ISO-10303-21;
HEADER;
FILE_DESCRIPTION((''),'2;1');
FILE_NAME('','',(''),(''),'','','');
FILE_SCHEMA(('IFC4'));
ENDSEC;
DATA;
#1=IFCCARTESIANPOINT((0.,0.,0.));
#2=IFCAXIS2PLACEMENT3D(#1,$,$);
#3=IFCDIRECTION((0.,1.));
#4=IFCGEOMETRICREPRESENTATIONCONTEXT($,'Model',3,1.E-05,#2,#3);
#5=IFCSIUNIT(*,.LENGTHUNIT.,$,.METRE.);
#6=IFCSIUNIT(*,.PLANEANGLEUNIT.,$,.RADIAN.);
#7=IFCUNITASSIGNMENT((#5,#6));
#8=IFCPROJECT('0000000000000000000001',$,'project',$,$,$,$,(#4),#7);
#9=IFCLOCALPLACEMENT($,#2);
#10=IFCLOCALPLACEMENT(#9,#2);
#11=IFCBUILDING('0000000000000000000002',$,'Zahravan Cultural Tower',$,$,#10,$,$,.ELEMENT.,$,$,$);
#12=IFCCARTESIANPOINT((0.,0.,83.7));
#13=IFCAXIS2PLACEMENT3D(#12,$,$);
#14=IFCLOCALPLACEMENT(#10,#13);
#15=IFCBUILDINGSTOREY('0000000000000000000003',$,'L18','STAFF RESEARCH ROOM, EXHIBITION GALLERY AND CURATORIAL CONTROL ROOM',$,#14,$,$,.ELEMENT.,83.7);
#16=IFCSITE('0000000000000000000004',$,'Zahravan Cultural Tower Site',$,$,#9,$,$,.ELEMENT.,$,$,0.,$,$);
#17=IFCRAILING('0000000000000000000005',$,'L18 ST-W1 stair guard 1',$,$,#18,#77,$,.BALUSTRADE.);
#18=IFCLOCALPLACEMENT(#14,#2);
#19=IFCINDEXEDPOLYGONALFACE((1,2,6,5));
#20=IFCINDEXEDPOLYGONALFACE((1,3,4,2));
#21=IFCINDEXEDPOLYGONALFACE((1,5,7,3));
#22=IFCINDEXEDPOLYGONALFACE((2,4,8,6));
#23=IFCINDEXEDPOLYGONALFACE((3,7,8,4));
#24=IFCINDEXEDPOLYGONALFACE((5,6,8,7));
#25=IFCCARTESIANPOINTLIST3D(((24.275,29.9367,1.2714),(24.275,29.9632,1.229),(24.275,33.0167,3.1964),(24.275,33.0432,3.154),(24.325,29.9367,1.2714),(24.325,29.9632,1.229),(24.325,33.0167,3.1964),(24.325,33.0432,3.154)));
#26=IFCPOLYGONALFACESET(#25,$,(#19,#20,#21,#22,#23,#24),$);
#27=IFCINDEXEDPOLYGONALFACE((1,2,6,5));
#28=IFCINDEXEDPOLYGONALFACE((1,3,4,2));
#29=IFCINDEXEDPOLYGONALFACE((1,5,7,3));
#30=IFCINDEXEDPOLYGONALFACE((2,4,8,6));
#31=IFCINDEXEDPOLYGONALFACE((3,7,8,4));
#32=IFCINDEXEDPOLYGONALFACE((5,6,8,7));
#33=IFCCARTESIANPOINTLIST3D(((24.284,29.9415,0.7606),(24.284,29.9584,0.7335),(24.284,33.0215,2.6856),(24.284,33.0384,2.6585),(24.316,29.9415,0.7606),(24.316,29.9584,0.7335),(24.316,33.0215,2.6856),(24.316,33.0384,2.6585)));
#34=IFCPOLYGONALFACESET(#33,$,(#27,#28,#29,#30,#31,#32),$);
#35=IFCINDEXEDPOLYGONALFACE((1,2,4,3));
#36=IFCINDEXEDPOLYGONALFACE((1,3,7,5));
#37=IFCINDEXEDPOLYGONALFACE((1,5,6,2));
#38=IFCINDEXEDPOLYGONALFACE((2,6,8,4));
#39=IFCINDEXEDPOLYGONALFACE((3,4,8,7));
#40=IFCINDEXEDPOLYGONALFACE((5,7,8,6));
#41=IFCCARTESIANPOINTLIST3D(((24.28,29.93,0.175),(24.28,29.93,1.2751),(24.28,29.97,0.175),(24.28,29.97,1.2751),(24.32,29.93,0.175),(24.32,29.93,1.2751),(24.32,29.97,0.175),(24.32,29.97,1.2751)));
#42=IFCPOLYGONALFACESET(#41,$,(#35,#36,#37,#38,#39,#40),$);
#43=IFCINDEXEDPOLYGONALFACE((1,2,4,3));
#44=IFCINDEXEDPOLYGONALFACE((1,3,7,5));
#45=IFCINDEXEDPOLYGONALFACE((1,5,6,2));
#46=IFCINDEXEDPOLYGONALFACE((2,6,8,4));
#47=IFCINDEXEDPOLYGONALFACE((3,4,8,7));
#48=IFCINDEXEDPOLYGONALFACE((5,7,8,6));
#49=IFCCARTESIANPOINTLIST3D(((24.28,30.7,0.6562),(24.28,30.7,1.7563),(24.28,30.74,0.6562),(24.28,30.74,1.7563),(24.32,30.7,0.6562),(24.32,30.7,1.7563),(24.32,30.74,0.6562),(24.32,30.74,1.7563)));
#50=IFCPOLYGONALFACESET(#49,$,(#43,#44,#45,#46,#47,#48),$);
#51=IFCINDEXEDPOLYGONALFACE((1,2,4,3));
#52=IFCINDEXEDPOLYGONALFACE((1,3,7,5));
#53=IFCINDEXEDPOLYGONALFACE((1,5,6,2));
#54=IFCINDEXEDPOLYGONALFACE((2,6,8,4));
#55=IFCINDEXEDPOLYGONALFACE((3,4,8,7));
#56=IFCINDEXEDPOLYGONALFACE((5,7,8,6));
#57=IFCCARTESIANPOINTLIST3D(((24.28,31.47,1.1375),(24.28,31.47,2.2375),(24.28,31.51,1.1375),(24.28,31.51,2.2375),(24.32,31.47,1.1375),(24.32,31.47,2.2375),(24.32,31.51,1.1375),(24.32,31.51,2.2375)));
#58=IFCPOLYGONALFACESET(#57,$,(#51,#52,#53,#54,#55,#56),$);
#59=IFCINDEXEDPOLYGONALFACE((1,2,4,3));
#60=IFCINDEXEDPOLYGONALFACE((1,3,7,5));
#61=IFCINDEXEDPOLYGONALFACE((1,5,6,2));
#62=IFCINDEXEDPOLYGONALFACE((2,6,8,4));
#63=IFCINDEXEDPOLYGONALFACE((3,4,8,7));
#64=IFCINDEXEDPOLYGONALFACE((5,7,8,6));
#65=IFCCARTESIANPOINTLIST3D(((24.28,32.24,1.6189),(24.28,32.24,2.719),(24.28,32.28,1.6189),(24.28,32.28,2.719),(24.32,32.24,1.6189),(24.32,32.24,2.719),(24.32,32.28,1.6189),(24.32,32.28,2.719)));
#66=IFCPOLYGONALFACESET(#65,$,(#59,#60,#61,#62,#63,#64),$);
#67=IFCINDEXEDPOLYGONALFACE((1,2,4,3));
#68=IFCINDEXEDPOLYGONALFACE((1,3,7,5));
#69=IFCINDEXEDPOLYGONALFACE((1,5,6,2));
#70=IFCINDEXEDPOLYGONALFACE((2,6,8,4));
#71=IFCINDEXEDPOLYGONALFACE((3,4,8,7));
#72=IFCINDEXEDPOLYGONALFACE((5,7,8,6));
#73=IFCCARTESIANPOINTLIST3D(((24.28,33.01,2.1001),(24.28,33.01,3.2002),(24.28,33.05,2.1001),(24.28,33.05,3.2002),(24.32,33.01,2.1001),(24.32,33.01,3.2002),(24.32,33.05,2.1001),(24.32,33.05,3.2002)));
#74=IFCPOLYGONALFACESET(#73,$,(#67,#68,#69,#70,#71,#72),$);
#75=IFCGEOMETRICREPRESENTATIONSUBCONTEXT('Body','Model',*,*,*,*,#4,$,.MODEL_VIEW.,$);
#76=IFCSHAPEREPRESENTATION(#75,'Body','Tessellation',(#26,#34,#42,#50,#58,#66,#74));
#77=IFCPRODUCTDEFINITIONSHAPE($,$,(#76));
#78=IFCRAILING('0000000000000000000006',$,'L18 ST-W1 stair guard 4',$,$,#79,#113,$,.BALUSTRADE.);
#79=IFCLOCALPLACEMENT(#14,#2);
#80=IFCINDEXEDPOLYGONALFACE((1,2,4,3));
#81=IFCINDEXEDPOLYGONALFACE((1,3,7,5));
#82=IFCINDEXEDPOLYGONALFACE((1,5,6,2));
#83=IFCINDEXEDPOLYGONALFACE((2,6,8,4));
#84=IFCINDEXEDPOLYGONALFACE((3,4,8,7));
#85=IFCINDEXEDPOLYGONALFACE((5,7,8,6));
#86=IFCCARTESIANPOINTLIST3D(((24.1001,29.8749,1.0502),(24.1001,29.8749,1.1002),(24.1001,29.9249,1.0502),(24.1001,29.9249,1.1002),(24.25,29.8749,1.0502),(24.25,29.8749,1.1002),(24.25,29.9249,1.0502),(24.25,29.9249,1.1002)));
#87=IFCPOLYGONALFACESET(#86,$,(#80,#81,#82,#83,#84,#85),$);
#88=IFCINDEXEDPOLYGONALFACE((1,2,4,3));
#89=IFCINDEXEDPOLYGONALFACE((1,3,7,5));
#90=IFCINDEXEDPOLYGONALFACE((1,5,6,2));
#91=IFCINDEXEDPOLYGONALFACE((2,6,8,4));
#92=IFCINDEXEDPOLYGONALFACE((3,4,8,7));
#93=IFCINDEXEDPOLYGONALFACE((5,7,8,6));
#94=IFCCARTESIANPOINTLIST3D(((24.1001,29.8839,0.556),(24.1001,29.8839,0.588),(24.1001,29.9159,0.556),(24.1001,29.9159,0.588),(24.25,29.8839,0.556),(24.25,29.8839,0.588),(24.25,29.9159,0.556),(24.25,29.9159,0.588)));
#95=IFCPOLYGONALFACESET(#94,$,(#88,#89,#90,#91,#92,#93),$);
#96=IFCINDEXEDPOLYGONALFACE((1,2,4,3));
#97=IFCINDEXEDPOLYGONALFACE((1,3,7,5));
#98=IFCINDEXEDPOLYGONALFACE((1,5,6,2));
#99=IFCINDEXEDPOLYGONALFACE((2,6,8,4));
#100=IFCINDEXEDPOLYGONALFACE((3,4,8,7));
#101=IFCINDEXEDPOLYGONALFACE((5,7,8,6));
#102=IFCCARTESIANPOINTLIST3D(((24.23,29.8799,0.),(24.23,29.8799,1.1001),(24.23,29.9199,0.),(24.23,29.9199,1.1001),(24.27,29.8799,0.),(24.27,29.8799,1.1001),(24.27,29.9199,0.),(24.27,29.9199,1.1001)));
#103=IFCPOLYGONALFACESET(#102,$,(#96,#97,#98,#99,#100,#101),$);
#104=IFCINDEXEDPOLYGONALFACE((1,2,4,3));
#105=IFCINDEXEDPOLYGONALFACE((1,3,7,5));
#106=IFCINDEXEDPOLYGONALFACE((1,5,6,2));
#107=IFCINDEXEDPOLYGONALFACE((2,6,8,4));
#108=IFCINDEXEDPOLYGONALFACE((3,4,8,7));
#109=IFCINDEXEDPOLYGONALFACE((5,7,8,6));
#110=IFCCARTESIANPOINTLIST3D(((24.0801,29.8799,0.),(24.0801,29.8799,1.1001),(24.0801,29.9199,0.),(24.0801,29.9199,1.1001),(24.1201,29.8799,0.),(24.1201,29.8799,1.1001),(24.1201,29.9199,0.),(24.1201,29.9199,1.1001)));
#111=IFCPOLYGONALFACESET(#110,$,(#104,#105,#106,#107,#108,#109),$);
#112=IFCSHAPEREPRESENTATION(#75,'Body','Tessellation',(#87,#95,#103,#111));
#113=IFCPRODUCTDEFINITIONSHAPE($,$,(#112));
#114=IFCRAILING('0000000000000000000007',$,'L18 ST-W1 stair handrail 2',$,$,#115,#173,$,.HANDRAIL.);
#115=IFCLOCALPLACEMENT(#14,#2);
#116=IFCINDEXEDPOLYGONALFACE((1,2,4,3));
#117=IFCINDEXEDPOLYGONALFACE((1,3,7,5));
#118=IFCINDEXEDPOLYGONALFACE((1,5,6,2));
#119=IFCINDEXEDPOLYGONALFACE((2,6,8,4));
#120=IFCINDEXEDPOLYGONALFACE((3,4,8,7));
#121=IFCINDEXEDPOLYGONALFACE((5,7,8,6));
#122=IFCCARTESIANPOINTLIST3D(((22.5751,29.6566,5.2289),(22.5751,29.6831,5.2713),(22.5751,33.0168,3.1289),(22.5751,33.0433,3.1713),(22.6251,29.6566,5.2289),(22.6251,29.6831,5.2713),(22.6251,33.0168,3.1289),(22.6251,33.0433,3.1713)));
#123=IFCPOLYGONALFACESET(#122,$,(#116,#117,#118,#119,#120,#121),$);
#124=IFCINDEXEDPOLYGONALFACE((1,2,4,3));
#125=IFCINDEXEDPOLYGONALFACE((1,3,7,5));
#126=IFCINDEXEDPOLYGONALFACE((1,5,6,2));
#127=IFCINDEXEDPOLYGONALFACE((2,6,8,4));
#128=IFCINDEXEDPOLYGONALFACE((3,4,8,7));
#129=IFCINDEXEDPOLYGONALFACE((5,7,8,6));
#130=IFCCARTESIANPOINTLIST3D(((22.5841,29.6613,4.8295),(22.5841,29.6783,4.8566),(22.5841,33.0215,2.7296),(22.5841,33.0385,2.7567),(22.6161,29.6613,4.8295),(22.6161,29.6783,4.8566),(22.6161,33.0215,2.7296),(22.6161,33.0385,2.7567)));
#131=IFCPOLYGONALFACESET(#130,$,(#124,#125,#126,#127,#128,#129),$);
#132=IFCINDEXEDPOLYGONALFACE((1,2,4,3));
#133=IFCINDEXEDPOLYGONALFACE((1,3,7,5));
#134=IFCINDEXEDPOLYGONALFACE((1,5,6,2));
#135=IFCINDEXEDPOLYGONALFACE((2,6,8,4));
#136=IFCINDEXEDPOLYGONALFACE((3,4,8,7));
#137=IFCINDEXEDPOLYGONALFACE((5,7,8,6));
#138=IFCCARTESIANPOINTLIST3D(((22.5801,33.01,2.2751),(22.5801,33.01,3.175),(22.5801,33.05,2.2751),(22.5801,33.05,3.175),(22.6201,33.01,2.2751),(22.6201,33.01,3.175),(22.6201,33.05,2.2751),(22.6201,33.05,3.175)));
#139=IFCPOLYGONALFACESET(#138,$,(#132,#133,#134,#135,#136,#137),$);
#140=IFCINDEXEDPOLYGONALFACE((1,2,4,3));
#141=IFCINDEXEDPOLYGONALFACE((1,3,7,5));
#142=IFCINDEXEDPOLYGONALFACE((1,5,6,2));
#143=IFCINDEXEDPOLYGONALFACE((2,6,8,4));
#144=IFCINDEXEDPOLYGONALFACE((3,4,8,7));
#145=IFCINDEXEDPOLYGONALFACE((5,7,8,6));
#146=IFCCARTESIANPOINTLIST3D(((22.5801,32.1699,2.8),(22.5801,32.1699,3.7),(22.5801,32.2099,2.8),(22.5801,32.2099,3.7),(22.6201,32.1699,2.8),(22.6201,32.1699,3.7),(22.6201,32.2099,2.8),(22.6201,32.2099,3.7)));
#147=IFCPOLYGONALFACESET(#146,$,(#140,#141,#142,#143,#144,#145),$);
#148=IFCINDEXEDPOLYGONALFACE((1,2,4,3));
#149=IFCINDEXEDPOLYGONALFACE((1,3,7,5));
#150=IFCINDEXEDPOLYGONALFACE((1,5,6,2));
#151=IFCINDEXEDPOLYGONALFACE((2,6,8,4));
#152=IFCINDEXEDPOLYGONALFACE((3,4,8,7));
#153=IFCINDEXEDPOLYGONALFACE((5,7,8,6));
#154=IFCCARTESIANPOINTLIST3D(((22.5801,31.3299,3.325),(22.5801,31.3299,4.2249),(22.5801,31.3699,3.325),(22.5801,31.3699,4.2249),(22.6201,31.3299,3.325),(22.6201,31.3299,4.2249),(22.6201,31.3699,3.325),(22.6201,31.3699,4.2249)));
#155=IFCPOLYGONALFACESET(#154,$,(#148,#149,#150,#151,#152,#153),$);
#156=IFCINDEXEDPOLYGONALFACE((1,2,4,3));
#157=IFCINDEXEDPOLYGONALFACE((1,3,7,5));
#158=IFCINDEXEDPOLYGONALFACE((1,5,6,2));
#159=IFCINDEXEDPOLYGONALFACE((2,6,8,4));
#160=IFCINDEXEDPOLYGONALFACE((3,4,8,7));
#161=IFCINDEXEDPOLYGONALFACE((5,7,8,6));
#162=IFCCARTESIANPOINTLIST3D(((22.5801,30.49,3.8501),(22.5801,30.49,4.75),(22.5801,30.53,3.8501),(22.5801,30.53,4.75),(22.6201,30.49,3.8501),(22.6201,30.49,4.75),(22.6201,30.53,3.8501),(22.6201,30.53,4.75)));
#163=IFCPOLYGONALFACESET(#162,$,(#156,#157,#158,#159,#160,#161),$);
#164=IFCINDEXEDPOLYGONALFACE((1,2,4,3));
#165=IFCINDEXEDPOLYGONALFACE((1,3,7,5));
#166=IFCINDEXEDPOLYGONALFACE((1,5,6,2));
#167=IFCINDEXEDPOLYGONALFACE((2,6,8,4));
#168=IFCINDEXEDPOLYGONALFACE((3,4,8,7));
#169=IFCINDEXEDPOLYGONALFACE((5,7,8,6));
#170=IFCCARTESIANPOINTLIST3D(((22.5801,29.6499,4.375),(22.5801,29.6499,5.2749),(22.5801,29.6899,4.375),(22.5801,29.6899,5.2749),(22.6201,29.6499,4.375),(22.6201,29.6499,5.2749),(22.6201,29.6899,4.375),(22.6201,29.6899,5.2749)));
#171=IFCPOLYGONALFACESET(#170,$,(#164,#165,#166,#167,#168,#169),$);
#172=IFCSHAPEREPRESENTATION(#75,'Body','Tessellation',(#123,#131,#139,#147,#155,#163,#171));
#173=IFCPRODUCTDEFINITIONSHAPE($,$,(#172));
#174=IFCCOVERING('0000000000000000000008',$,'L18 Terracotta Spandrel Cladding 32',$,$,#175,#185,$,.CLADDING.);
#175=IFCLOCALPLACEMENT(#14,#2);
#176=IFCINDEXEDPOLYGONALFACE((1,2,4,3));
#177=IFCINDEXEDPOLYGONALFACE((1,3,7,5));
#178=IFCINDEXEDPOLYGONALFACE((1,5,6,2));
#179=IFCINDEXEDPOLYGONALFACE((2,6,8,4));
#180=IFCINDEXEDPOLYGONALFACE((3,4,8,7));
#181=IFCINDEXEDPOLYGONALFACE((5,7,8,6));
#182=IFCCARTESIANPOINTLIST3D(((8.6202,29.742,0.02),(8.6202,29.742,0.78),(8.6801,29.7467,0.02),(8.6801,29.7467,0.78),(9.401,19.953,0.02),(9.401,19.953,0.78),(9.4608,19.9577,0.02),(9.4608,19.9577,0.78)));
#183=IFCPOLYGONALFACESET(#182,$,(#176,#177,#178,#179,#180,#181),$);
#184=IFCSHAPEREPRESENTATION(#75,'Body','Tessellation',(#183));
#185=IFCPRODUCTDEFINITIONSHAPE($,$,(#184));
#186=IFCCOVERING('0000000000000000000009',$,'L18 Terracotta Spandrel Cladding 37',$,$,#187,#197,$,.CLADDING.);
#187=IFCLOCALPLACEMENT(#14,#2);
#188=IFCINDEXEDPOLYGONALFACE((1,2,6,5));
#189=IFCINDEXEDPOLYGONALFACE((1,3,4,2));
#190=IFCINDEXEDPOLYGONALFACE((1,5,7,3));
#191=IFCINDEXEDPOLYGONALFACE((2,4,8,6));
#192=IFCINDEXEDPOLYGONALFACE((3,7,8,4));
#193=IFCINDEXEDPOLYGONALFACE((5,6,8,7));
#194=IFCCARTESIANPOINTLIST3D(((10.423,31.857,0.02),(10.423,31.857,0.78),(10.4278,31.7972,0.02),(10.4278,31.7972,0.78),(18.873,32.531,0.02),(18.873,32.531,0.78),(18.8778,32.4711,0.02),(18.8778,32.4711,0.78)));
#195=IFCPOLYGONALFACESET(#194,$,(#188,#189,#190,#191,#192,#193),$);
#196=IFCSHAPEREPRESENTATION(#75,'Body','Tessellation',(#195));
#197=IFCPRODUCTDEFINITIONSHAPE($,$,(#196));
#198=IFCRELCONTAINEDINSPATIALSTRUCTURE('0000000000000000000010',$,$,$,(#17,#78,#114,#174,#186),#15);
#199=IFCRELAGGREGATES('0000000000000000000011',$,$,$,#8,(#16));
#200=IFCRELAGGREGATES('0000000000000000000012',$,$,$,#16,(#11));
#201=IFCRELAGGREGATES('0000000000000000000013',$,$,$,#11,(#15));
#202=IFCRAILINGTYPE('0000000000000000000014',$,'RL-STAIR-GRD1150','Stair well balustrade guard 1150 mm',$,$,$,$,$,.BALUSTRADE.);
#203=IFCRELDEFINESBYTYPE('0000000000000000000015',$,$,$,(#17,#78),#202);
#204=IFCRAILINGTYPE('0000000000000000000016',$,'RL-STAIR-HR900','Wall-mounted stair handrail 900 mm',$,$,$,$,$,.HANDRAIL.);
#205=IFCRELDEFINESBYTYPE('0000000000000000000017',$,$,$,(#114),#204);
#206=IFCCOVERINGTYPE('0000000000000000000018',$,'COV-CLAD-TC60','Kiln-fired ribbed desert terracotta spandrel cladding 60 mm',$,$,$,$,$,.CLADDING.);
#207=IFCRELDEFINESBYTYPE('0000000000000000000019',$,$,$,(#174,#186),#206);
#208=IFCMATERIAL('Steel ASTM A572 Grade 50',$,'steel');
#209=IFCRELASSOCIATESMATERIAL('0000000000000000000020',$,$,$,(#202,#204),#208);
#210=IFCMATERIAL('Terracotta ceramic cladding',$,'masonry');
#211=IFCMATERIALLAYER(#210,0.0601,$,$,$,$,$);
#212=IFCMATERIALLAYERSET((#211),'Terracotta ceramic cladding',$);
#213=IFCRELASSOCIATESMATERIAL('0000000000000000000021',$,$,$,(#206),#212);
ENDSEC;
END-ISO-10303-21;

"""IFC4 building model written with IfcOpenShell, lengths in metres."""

from ifc_helpers import new_model, si_unit, direction, frame, origin, origin_2d, place, context, subcontext, project, spatial, rectangle, extrude, source, transform, mapped, material, layer, layer_set, type_object, element, save


model = new_model("IFC4")

# Units and contexts
model_context = context("Model", 3, precision=1e-05, world=origin(), true_north=direction((0.0, 1.0)))
body_context = subcontext(model_context, "Body", "Model", "MODEL_VIEW")
ifc_project = project(units=[si_unit("LENGTHUNIT", "METRE"), si_unit("PLANEANGLEUNIT", "RADIAN")], contexts=[model_context])

# Site, building, storey
site_placement = place(None, origin())
site = spatial("IfcSite", under=ifc_project, at=site_placement, Name="Zahravan Cultural Tower Site", CompositionType="ELEMENT", RefElevation=0.0)
building_placement = place(site_placement, origin())
building = spatial("IfcBuilding", under=site, at=building_placement, Name="Zahravan Cultural Tower", CompositionType="ELEMENT")
storey_placement = place(building_placement, frame((0.0, 0.0, 83.7)))
storey = spatial("IfcBuildingStorey", under=building, at=storey_placement, Name="L18", Description="STAFF RESEARCH ROOM, EXHIBITION GALLERY AND CURATORIAL CONTROL ROOM", CompositionType="ELEMENT", Elevation=83.7)

# Railings
ifc_material_1 = material(Name="Steel ASTM A572 Grade 50", Category="steel")
railing_type_1 = type_object("IfcRailingType", Name="RL-STAIR-GRD1150", Description="Stair well balustrade guard 1150 mm", PredefinedType="BALUSTRADE", material=ifc_material_1)
railing_1_placement = place(storey_placement, frame((24.3, 29.95, 0.175)))
element("IfcRailing", 1, at=railing_1_placement, inside=storey, type_object=railing_type_1, Name="L18 ST-W1 stair guard 1", PredefinedType="BALUSTRADE", context=body_context, shape_type="SweptSolid", body=[
    extrude(rectangle(XDim=0.05, YDim=0.05, at=origin_2d()), frame((0.0, 0.0, 1.0752), z_axis=(0.0, 0.847998, 0.529999), x_axis=(-1.0, 0.0, 0.0)), (0.0, 0.0, 1.0), 3.6321),
    extrude(rectangle(XDim=0.032, YDim=0.032, at=origin_2d()), frame((0.0, 0.0, 0.572), z_axis=(0.0, 0.847998, 0.529999), x_axis=(-1.0, 0.0, 0.0)), (0.0, 0.0, 1.0), 3.6321),
    extrude(rectangle(XDim=0.04, YDim=0.04, at=origin_2d()), origin(), (0.0, 0.0, 1.0), 1.1001),
    extrude(rectangle(XDim=0.04, YDim=0.04, at=origin_2d()), frame((0.0, 0.77, 0.4812)), (0.0, 0.0, 1.0), 1.1001),
    extrude(rectangle(XDim=0.04, YDim=0.04, at=origin_2d()), frame((0.0, 1.54, 0.9624)), (0.0, 0.0, 1.0), 1.1001),
    extrude(rectangle(XDim=0.04, YDim=0.04, at=origin_2d()), frame((0.0, 2.3101, 1.4438)), (0.0, 0.0, 1.0), 1.1001),
    extrude(rectangle(XDim=0.04, YDim=0.04, at=origin_2d()), frame((0.0, 3.0801, 1.925)), (0.0, 0.0, 1.0), 1.1001),
])
railing_2_placement = place(storey_placement, frame((24.25, 29.8999, 0.0)))
element("IfcRailing", 2, at=railing_2_placement, inside=storey, type_object=railing_type_1, Name="L18 ST-W1 stair guard 4", PredefinedType="BALUSTRADE", context=body_context, shape_type="SweptSolid", body=[
    extrude(rectangle(XDim=0.05, YDim=0.05, at=origin_2d()), frame((0.0, 0.0, 1.0752), z_axis=(-1.0, 0.0, 0.0), x_axis=(0.0, -1.0, 0.0)), (0.0, 0.0, 1.0), 0.1499),
    extrude(rectangle(XDim=0.032, YDim=0.032, at=origin_2d()), frame((0.0, 0.0, 0.572), z_axis=(-1.0, 0.0, 0.0), x_axis=(0.0, -1.0, 0.0)), (0.0, 0.0, 1.0), 0.1499),
    extrude(rectangle(XDim=0.04, YDim=0.04, at=origin_2d()), origin(), (0.0, 0.0, 1.0), 1.1001),
    extrude(rectangle(XDim=0.04, YDim=0.04, at=origin_2d()), frame((-0.1499, 0.0, 0.0)), (0.0, 0.0, 1.0), 1.1001),
])
railing_type_2 = type_object("IfcRailingType", Name="RL-STAIR-HR900", Description="Wall-mounted stair handrail 900 mm", PredefinedType="HANDRAIL", material=ifc_material_1)
railing_3_placement = place(storey_placement, frame((22.6001, 33.03, 2.2751)))
element("IfcRailing", 3, at=railing_3_placement, inside=storey, type_object=railing_type_2, Name="L18 ST-W1 stair handrail 2", PredefinedType="HANDRAIL", context=body_context, shape_type="SweptSolid", body=[
    extrude(rectangle(XDim=0.05, YDim=0.05, at=origin_2d()), frame((0.0, 0.0, 0.875), z_axis=(0.0, -0.848023, 0.52996), x_axis=(1.0, 0.0, 0.0)), (0.0, 0.0, 1.0), 3.9624),
    extrude(rectangle(XDim=0.032, YDim=0.032, at=origin_2d()), frame((0.0, 0.0, 0.468), z_axis=(0.0, -0.848023, 0.52996), x_axis=(1.0, 0.0, 0.0)), (0.0, 0.0, 1.0), 3.9624),
    extrude(rectangle(XDim=0.04, YDim=0.04, at=origin_2d()), origin(), (0.0, 0.0, 1.0), 0.8999),
    extrude(rectangle(XDim=0.04, YDim=0.04, at=origin_2d()), frame((0.0, -0.8401, 0.5249)), (0.0, 0.0, 1.0), 0.8999),
    extrude(rectangle(XDim=0.04, YDim=0.04, at=origin_2d()), frame((0.0, -1.6802, 1.0498)), (0.0, 0.0, 1.0), 0.8999),
    extrude(rectangle(XDim=0.04, YDim=0.04, at=origin_2d()), frame((0.0, -2.52, 1.575)), (0.0, 0.0, 1.0), 0.8999),
    extrude(rectangle(XDim=0.04, YDim=0.04, at=origin_2d()), frame((0.0, -3.3601, 2.0999)), (0.0, 0.0, 1.0), 0.8999),
])

# Coverings
ifc_material_2 = material(Name="Terracotta ceramic cladding", Category="masonry")
ifc_layer_1 = layer(ifc_material_2, 0.0601)
ifc_layer_set_1 = layer_set([ifc_layer_1], Name="Terracotta ceramic cladding")
covering_type = type_object("IfcCoveringType", Name="COV-CLAD-TC60", Description="Kiln-fired ribbed desert terracotta spandrel cladding 60 mm", PredefinedType="CLADDING", material=ifc_layer_set_1)
shared_shape_1 = source(origin(), body_context, "Body", "SweptSolid", [
    extrude(rectangle(XDim=9.8201, YDim=0.0601, at=origin_2d()), origin(), (0.0, 0.0, 1.0), 0.76),
])
covering_1_placement = place(storey_placement, frame((9.0405, 24.8499, 0.02), z_axis=(0.0, 0.0, 1.0), x_axis=(-0.079503, 0.996835, 0.0)))
element("IfcCovering", 4, at=covering_1_placement, inside=storey, type_object=covering_type, Name="L18 Terracotta Spandrel Cladding 32", PredefinedType="CLADDING", context=body_context, shape_type="MappedRepresentation", body=[
    mapped(shared_shape_1, transform((0.0, 0.0, 0.0), x_axis=(1.0, 0.0, 0.0), y_axis=(0.0, 1.0, 0.0), z_axis=(0.0, 0.0, 1.0), scale=1.0)),
])
shared_shape_2 = source(origin(), body_context, "Body", "SweptSolid", [
    extrude(rectangle(XDim=8.4768, YDim=0.0601, at=origin_2d()), origin(), (0.0, 0.0, 1.0), 0.76),
])
covering_2_placement = place(storey_placement, frame((14.6504, 32.1641, 0.02), z_axis=(0.0, 0.0, 1.0), x_axis=(0.996835, 0.079503, 0.0)))
element("IfcCovering", 5, at=covering_2_placement, inside=storey, type_object=covering_type, Name="L18 Terracotta Spandrel Cladding 37", PredefinedType="CLADDING", context=body_context, shape_type="MappedRepresentation", body=[
    mapped(shared_shape_2, transform((0.0, 0.0, 0.0), x_axis=(1.0, 0.0, 0.0), y_axis=(0.0, 1.0, 0.0), z_axis=(0.0, 0.0, 1.0), scale=1.0)),
])

save(model, "model.ifc")
